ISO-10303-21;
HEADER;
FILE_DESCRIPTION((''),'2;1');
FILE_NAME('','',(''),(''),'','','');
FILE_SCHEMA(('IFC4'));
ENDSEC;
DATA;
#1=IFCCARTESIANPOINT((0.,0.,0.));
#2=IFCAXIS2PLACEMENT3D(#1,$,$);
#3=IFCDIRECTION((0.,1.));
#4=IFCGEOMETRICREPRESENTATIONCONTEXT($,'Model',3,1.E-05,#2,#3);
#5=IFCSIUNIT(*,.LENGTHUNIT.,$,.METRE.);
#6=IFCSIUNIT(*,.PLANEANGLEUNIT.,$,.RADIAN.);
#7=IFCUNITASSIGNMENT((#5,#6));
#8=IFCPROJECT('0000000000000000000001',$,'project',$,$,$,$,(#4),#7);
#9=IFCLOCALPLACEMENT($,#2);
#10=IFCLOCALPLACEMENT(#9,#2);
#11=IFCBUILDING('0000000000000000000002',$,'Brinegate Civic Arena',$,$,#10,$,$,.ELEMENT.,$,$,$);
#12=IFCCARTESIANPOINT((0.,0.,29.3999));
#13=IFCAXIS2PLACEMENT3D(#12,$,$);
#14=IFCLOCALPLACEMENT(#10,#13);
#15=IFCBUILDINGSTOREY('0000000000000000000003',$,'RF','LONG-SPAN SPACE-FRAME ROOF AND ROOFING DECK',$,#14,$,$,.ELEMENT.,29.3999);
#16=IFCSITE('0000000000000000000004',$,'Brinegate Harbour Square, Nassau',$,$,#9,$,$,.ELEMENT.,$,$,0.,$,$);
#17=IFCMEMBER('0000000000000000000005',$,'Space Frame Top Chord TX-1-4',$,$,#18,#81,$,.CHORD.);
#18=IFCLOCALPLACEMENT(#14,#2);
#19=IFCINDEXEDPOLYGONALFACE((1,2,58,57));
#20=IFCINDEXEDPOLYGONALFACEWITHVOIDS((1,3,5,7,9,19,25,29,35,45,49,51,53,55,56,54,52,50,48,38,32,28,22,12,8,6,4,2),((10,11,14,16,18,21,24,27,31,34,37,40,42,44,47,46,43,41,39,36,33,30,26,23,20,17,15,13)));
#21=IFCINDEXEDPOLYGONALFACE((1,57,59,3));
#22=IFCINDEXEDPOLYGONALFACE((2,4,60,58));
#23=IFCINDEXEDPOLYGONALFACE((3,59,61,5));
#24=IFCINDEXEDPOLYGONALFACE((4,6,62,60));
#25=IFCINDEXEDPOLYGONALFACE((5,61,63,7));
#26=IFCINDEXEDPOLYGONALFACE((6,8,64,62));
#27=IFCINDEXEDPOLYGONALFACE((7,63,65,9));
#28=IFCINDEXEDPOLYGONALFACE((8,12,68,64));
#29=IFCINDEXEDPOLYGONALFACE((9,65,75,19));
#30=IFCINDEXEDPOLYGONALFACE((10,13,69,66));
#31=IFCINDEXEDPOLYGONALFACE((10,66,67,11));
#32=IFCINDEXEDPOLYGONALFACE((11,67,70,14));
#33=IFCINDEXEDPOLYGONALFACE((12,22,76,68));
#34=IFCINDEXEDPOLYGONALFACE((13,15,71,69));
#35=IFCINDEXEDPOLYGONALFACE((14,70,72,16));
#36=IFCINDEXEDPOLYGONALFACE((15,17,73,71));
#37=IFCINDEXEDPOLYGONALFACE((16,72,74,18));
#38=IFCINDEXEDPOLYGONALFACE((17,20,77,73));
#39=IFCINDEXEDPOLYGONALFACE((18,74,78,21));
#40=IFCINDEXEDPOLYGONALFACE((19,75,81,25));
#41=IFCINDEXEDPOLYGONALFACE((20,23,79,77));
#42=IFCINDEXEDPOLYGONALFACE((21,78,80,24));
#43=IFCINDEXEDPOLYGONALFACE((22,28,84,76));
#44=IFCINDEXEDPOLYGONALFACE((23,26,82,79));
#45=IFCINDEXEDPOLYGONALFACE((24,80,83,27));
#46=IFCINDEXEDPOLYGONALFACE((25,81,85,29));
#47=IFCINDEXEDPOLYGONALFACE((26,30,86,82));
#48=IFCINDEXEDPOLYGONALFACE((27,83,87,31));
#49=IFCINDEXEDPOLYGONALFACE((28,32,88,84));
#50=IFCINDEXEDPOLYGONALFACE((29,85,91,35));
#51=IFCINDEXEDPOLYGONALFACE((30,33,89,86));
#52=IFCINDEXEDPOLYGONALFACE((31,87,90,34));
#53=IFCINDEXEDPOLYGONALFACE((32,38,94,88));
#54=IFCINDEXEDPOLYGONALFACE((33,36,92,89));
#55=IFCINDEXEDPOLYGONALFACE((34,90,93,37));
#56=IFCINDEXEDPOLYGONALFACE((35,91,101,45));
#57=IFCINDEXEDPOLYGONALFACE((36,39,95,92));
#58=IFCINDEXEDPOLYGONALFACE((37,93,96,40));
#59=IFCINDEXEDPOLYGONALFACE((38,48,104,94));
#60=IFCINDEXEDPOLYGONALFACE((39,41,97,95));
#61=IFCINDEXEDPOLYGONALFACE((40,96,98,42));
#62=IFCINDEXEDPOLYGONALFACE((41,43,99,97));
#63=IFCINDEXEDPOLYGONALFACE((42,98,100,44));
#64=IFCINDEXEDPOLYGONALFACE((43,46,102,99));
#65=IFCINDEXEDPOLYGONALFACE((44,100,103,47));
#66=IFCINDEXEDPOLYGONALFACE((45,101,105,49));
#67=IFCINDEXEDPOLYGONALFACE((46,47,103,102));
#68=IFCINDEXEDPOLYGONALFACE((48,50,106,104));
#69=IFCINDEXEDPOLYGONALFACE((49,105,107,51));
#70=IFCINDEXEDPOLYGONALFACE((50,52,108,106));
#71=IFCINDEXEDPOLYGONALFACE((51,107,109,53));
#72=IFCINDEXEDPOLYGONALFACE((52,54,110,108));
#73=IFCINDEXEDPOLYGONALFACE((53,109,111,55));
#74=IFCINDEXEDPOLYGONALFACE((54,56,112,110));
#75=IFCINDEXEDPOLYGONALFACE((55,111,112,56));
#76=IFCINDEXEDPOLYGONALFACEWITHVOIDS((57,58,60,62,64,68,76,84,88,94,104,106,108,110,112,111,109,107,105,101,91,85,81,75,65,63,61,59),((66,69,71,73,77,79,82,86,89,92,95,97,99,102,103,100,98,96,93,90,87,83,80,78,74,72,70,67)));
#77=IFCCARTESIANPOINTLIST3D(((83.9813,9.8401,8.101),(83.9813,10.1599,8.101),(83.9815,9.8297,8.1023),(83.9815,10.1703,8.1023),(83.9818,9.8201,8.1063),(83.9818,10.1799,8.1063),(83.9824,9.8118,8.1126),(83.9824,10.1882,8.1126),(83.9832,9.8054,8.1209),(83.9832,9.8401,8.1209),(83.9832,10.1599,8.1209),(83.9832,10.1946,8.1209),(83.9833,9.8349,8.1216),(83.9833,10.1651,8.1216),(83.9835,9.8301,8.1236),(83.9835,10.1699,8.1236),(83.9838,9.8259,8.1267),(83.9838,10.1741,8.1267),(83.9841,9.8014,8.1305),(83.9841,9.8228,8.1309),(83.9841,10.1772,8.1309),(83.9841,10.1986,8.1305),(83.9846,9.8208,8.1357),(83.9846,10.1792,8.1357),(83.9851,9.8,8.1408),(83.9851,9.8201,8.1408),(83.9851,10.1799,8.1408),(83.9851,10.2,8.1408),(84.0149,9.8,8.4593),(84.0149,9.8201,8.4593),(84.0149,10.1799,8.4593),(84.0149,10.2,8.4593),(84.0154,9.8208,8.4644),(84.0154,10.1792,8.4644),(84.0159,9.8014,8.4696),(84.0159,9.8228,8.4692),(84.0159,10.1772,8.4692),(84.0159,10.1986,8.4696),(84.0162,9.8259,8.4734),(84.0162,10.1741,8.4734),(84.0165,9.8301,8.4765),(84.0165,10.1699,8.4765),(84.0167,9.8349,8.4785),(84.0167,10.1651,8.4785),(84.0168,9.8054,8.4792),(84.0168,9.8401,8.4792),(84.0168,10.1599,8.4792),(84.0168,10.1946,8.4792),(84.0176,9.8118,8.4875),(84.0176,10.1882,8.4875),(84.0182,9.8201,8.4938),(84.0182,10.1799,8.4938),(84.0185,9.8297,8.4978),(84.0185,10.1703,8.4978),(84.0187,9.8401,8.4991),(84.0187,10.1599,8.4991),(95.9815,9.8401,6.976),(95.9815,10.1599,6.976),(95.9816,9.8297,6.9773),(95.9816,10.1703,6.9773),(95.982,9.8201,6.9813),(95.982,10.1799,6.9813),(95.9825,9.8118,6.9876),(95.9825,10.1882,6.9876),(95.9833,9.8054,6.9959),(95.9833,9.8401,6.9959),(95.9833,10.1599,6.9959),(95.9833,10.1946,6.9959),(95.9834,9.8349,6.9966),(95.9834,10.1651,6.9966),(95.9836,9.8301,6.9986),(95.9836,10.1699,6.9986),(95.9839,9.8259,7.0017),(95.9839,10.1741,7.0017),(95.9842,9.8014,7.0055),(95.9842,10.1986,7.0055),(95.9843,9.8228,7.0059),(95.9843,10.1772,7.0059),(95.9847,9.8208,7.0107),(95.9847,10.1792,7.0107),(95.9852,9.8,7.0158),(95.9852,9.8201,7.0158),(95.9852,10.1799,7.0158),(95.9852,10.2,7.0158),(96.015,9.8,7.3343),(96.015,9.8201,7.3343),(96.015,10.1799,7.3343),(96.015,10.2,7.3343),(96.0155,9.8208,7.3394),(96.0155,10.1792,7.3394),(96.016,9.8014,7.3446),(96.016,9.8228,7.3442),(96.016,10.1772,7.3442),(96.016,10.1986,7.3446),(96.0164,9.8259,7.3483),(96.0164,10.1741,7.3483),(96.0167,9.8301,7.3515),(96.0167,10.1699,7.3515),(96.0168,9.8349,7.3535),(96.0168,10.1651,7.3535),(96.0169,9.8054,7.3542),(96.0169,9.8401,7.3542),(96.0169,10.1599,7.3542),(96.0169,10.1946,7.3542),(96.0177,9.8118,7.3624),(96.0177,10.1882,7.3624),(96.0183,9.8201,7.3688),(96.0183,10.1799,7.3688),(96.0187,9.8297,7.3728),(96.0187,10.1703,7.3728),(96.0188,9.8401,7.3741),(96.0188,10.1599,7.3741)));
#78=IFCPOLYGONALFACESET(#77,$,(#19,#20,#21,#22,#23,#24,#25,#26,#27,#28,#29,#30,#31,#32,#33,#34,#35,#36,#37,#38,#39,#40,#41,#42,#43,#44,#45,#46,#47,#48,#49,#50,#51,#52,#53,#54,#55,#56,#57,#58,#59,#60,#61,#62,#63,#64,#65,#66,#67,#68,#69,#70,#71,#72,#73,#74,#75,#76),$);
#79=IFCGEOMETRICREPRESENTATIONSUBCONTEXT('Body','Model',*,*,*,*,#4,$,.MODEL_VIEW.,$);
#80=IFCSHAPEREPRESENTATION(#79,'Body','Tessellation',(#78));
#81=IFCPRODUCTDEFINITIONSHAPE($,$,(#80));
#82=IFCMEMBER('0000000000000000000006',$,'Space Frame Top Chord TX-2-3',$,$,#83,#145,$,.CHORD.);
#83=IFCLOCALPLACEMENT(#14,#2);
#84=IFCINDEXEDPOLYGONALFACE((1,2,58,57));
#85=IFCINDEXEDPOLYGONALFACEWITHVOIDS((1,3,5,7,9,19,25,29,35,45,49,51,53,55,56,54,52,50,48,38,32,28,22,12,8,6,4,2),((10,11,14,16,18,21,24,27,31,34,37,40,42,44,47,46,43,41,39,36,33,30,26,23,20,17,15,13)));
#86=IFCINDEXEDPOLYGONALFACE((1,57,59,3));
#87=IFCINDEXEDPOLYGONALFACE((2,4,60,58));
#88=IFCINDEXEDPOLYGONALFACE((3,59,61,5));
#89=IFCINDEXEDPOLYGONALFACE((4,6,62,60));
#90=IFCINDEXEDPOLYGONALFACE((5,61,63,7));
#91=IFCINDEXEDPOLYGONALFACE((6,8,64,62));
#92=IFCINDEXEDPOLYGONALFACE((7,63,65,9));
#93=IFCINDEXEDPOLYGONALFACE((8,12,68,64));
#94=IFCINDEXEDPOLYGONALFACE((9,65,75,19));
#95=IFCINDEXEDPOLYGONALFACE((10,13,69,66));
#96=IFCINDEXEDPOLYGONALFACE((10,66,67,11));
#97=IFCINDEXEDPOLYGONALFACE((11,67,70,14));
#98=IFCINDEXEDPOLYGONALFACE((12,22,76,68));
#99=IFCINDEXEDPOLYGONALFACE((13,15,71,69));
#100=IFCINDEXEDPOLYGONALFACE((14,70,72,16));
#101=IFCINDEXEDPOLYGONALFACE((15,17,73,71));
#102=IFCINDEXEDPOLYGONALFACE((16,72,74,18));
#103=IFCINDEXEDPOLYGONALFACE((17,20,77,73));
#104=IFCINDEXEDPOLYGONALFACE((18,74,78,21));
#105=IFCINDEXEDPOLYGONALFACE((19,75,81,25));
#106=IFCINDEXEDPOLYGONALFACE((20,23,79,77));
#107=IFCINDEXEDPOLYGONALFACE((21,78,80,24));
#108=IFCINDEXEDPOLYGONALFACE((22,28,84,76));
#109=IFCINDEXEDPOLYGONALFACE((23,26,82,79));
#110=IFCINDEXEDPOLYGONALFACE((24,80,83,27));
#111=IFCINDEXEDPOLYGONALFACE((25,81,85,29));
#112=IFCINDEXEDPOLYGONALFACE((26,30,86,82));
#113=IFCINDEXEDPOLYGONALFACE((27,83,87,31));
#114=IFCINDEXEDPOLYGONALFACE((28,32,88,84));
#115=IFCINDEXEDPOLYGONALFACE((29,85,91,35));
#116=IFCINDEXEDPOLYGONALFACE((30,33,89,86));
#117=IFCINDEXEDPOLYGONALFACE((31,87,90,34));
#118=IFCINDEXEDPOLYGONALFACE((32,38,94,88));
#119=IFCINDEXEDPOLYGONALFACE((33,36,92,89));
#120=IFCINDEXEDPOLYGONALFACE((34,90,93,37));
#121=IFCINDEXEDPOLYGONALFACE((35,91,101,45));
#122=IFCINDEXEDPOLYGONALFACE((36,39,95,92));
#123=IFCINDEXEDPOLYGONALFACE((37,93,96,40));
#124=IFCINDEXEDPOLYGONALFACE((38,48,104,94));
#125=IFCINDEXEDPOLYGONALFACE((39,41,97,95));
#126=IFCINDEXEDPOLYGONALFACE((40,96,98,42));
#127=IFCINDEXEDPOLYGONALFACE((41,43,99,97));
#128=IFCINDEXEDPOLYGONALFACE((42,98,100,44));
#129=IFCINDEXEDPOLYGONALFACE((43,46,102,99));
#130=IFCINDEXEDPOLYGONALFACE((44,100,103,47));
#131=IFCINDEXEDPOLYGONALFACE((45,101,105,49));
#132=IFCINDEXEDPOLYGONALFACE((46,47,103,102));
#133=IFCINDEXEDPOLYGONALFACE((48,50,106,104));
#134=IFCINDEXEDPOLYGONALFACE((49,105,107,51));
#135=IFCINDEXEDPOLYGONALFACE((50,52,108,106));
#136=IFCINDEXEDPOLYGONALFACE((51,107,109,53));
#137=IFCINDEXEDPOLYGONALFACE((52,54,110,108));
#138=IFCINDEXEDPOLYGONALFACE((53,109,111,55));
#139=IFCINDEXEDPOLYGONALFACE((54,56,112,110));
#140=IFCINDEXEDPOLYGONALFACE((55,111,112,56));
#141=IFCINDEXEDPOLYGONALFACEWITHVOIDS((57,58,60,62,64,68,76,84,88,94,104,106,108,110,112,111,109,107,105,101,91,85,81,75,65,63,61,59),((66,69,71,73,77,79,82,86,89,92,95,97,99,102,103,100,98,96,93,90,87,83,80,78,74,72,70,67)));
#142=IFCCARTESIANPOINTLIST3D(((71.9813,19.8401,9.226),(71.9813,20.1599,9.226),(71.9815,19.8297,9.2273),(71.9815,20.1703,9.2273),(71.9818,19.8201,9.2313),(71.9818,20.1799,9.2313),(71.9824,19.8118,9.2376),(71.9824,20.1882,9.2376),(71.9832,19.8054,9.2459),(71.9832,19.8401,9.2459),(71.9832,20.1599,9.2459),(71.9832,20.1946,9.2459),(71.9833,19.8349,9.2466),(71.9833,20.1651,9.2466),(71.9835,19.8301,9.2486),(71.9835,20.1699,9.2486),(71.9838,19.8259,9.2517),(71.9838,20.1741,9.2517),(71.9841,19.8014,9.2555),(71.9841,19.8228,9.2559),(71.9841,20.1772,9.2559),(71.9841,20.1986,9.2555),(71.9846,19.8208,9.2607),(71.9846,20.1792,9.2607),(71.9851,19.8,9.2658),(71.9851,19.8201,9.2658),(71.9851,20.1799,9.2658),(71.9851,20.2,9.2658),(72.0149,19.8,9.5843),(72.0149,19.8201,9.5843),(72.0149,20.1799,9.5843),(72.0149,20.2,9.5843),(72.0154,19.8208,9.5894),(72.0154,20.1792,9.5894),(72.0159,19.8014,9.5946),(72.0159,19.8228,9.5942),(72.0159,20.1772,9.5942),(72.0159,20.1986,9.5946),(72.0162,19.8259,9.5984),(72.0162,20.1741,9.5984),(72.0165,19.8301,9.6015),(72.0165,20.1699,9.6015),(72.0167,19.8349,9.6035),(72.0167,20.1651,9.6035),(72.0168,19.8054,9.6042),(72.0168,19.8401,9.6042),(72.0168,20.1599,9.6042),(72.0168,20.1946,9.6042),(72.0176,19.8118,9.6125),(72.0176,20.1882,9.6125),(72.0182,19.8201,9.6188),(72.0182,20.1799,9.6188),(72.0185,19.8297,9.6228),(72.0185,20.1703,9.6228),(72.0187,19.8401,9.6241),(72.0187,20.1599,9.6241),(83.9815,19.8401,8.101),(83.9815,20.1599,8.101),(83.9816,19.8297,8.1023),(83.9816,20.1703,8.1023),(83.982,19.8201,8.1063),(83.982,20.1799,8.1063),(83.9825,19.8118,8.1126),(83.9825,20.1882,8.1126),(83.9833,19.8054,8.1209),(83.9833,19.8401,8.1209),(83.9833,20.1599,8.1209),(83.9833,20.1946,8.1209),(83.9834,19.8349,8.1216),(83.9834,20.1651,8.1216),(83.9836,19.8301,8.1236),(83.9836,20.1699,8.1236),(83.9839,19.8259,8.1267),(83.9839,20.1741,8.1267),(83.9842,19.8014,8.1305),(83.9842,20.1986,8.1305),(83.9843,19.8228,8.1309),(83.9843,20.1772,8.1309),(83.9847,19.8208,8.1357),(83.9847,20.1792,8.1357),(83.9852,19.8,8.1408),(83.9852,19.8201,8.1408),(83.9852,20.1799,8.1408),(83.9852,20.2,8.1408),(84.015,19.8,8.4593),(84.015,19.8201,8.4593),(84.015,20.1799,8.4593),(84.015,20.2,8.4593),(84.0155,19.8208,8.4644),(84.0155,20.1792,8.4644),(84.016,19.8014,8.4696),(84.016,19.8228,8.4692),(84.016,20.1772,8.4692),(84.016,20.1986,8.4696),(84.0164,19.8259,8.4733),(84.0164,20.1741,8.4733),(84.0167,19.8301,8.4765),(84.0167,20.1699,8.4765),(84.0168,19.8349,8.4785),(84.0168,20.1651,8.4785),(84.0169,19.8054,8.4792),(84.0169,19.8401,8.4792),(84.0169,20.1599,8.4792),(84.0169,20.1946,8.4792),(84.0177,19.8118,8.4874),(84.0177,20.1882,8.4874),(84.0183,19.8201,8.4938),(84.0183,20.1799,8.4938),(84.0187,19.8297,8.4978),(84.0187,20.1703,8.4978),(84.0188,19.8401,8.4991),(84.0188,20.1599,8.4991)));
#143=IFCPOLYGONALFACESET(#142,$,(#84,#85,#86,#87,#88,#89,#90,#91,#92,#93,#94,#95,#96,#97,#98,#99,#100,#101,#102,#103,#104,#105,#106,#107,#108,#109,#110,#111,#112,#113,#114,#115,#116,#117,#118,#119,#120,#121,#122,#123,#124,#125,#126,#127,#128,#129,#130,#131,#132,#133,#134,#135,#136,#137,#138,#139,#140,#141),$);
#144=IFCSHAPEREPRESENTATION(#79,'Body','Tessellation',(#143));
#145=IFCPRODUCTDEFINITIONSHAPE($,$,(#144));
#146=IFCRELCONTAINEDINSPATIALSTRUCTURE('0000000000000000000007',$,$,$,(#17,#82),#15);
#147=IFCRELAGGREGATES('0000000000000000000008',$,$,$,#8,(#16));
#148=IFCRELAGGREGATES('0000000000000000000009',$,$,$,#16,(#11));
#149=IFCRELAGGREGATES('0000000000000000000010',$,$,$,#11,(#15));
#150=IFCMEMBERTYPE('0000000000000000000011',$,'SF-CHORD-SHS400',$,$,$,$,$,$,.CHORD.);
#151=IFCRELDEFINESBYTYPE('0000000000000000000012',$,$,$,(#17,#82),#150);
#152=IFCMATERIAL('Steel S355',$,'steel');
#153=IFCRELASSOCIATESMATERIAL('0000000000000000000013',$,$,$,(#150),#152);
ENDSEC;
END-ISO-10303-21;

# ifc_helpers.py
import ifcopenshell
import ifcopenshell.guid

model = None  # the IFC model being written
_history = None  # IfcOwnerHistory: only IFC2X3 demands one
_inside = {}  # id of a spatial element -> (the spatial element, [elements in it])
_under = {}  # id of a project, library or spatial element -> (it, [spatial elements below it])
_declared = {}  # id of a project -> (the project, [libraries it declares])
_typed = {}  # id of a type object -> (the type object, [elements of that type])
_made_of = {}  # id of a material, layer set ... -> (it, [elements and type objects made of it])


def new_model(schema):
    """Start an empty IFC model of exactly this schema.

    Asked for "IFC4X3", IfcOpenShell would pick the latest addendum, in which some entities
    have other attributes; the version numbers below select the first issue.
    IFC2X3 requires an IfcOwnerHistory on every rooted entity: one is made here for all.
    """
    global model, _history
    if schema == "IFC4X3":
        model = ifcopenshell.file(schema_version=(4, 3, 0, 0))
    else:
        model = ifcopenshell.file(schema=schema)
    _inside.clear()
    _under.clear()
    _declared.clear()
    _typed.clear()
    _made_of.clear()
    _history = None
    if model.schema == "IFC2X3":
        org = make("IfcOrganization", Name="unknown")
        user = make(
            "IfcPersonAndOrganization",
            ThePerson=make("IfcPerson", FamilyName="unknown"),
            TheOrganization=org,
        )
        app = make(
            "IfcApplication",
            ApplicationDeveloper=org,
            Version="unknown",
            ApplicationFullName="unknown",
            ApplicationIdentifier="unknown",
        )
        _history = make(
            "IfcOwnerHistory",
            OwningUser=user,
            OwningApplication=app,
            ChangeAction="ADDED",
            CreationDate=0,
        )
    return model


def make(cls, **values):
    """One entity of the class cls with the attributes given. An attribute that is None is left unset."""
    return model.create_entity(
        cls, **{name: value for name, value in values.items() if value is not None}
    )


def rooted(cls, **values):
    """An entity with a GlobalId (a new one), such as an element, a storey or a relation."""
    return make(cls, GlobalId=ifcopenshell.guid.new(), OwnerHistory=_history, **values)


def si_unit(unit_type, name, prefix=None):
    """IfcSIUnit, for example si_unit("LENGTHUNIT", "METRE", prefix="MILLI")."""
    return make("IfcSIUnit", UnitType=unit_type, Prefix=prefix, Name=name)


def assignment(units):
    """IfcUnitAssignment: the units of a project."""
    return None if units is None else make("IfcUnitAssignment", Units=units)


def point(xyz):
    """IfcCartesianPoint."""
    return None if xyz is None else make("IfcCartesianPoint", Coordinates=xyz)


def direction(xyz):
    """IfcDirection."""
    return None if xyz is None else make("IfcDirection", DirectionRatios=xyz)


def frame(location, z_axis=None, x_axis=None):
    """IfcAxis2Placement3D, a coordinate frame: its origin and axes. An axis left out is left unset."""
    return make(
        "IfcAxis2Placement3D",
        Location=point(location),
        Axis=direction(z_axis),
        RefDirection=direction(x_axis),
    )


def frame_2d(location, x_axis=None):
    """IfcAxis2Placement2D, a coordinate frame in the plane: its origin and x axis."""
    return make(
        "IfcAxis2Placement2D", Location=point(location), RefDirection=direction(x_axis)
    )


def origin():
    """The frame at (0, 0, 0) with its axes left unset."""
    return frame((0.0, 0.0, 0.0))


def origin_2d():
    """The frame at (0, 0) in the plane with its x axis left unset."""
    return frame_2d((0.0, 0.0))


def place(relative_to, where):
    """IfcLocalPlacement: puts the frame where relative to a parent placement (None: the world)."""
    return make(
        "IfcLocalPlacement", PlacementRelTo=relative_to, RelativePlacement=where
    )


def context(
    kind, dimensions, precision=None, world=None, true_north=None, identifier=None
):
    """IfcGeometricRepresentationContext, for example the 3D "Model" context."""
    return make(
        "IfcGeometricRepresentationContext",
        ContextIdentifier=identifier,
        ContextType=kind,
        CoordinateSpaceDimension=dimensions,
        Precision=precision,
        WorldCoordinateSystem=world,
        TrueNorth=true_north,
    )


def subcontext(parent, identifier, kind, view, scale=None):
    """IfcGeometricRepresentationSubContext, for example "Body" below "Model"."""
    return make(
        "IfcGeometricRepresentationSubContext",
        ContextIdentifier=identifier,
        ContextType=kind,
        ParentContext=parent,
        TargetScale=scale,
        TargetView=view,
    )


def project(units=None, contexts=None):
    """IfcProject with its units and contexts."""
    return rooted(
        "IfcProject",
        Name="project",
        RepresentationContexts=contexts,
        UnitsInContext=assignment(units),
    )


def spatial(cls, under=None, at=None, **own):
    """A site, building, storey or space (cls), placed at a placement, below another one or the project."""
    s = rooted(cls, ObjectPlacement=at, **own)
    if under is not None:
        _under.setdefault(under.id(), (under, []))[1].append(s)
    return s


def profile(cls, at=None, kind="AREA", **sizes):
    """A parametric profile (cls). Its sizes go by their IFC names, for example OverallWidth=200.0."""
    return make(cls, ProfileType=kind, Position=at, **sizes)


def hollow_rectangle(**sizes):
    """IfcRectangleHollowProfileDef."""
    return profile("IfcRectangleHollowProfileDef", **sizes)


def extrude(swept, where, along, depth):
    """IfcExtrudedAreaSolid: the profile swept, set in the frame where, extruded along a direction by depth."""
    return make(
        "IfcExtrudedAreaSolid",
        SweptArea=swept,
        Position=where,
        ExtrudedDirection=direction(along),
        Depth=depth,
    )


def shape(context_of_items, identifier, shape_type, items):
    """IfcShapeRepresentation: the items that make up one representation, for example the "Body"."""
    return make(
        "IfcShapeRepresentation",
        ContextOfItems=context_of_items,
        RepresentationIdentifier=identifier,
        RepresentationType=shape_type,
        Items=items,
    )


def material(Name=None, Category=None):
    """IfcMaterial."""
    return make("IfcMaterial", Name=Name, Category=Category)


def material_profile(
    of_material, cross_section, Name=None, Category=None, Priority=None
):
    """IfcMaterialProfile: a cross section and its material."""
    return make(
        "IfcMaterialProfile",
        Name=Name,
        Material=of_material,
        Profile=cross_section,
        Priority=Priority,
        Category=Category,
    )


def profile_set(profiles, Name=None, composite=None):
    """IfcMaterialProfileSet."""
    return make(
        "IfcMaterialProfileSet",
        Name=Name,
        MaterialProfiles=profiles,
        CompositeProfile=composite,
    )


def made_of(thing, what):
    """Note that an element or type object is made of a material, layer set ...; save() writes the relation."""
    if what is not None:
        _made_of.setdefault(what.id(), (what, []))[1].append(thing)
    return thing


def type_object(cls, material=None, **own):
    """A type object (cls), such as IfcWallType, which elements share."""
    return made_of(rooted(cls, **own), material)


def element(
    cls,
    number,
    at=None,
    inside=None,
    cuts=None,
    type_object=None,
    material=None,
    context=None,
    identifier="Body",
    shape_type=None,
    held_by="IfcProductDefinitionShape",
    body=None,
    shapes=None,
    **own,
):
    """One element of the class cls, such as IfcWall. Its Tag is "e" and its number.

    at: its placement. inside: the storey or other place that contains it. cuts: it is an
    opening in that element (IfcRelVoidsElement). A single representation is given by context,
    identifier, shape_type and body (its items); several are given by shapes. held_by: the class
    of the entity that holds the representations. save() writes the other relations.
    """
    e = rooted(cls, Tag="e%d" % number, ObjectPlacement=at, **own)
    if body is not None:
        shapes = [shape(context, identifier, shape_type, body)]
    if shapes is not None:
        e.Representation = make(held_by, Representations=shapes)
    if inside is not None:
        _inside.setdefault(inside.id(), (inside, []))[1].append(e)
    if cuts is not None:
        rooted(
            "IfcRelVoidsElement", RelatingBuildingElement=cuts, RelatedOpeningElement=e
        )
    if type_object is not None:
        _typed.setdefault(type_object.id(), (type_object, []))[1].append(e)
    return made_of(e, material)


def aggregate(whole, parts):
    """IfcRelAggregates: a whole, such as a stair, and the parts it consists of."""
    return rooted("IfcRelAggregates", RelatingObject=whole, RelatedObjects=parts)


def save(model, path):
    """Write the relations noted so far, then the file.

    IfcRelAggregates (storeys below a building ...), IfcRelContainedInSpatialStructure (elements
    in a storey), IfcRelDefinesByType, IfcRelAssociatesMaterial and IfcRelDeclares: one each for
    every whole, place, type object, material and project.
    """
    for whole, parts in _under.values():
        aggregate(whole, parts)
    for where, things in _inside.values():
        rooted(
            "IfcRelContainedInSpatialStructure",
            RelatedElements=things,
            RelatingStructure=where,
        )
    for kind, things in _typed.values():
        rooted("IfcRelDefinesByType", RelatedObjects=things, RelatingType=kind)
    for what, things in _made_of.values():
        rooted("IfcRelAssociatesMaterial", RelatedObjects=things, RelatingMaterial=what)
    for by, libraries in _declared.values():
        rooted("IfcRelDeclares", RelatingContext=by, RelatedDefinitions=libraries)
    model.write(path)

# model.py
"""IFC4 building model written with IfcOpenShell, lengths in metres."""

from ifc_helpers import new_model, si_unit, direction, frame, origin, origin_2d, place, context, subcontext, project, spatial, hollow_rectangle, extrude, material, material_profile, profile_set, type_object, element, save


model = new_model("IFC4")

# Units and contexts
model_context = context("Model", 3, precision=1e-05, world=origin(), true_north=direction((0.0, 1.0)))
body_context = subcontext(model_context, "Body", "Model", "MODEL_VIEW")
ifc_project = project(units=[si_unit("LENGTHUNIT", "METRE"), si_unit("PLANEANGLEUNIT", "RADIAN")], contexts=[model_context])

# Site, building, storey
site_placement = place(None, origin())
site = spatial("IfcSite", under=ifc_project, at=site_placement, Name="Brinegate Harbour Square, Nassau", CompositionType="ELEMENT", RefElevation=0.0)
building_placement = place(site_placement, origin())
building = spatial("IfcBuilding", under=site, at=building_placement, Name="Brinegate Civic Arena", CompositionType="ELEMENT")
storey_placement = place(building_placement, frame((0.0, 0.0, 29.3999)))
storey = spatial("IfcBuildingStorey", under=building, at=storey_placement, Name="RF", Description="LONG-SPAN SPACE-FRAME ROOF AND ROOFING DECK", CompositionType="ELEMENT", Elevation=29.3999)

# Shared definitions
ifc_material_1 = material(Name="Steel S355", Category="steel")

# Members
ifc_material_profile_1 = material_profile(ifc_material_1, hollow_rectangle(XDim=0.3999, YDim=0.3999, WallThickness=0.02, InnerFilletRadius=0.02, OuterFilletRadius=0.04, at=origin_2d()), Name="SHS400X20")
ifc_profile_set_1 = profile_set([ifc_material_profile_1], Name="Steel S355")
member_type_1 = type_object("IfcMemberType", Name="SF-CHORD-SHS400", PredefinedType="CHORD", material=ifc_profile_set_1)
for number, where, z_axis, x_axis, name in (
    (1, (84.0, 10.0, 8.3), (0.995634, 0.0, -0.093341), (0.0, 1.0, 0.0), "Space Frame Top Chord TX-1-4"),
    (2, (72.0, 20.0, 9.425), (0.995634, 0.0, -0.093341), (0.0, 1.0, 0.0), "Space Frame Top Chord TX-2-3"),
):
    element("IfcMember", number, at=place(storey_placement, frame(where, z_axis=z_axis, x_axis=x_axis)), inside=storey, type_object=member_type_1, Name=name, PredefinedType="CHORD", context=body_context, shape_type="SweptSolid", body=[
        extrude(hollow_rectangle(XDim=0.3999, YDim=0.3999, WallThickness=0.02, InnerFilletRadius=0.02, OuterFilletRadius=0.04, at=origin_2d()), origin(), (0.0, 0.0, 1.0), 12.0527),
    ])

save(model, "model.ifc")
